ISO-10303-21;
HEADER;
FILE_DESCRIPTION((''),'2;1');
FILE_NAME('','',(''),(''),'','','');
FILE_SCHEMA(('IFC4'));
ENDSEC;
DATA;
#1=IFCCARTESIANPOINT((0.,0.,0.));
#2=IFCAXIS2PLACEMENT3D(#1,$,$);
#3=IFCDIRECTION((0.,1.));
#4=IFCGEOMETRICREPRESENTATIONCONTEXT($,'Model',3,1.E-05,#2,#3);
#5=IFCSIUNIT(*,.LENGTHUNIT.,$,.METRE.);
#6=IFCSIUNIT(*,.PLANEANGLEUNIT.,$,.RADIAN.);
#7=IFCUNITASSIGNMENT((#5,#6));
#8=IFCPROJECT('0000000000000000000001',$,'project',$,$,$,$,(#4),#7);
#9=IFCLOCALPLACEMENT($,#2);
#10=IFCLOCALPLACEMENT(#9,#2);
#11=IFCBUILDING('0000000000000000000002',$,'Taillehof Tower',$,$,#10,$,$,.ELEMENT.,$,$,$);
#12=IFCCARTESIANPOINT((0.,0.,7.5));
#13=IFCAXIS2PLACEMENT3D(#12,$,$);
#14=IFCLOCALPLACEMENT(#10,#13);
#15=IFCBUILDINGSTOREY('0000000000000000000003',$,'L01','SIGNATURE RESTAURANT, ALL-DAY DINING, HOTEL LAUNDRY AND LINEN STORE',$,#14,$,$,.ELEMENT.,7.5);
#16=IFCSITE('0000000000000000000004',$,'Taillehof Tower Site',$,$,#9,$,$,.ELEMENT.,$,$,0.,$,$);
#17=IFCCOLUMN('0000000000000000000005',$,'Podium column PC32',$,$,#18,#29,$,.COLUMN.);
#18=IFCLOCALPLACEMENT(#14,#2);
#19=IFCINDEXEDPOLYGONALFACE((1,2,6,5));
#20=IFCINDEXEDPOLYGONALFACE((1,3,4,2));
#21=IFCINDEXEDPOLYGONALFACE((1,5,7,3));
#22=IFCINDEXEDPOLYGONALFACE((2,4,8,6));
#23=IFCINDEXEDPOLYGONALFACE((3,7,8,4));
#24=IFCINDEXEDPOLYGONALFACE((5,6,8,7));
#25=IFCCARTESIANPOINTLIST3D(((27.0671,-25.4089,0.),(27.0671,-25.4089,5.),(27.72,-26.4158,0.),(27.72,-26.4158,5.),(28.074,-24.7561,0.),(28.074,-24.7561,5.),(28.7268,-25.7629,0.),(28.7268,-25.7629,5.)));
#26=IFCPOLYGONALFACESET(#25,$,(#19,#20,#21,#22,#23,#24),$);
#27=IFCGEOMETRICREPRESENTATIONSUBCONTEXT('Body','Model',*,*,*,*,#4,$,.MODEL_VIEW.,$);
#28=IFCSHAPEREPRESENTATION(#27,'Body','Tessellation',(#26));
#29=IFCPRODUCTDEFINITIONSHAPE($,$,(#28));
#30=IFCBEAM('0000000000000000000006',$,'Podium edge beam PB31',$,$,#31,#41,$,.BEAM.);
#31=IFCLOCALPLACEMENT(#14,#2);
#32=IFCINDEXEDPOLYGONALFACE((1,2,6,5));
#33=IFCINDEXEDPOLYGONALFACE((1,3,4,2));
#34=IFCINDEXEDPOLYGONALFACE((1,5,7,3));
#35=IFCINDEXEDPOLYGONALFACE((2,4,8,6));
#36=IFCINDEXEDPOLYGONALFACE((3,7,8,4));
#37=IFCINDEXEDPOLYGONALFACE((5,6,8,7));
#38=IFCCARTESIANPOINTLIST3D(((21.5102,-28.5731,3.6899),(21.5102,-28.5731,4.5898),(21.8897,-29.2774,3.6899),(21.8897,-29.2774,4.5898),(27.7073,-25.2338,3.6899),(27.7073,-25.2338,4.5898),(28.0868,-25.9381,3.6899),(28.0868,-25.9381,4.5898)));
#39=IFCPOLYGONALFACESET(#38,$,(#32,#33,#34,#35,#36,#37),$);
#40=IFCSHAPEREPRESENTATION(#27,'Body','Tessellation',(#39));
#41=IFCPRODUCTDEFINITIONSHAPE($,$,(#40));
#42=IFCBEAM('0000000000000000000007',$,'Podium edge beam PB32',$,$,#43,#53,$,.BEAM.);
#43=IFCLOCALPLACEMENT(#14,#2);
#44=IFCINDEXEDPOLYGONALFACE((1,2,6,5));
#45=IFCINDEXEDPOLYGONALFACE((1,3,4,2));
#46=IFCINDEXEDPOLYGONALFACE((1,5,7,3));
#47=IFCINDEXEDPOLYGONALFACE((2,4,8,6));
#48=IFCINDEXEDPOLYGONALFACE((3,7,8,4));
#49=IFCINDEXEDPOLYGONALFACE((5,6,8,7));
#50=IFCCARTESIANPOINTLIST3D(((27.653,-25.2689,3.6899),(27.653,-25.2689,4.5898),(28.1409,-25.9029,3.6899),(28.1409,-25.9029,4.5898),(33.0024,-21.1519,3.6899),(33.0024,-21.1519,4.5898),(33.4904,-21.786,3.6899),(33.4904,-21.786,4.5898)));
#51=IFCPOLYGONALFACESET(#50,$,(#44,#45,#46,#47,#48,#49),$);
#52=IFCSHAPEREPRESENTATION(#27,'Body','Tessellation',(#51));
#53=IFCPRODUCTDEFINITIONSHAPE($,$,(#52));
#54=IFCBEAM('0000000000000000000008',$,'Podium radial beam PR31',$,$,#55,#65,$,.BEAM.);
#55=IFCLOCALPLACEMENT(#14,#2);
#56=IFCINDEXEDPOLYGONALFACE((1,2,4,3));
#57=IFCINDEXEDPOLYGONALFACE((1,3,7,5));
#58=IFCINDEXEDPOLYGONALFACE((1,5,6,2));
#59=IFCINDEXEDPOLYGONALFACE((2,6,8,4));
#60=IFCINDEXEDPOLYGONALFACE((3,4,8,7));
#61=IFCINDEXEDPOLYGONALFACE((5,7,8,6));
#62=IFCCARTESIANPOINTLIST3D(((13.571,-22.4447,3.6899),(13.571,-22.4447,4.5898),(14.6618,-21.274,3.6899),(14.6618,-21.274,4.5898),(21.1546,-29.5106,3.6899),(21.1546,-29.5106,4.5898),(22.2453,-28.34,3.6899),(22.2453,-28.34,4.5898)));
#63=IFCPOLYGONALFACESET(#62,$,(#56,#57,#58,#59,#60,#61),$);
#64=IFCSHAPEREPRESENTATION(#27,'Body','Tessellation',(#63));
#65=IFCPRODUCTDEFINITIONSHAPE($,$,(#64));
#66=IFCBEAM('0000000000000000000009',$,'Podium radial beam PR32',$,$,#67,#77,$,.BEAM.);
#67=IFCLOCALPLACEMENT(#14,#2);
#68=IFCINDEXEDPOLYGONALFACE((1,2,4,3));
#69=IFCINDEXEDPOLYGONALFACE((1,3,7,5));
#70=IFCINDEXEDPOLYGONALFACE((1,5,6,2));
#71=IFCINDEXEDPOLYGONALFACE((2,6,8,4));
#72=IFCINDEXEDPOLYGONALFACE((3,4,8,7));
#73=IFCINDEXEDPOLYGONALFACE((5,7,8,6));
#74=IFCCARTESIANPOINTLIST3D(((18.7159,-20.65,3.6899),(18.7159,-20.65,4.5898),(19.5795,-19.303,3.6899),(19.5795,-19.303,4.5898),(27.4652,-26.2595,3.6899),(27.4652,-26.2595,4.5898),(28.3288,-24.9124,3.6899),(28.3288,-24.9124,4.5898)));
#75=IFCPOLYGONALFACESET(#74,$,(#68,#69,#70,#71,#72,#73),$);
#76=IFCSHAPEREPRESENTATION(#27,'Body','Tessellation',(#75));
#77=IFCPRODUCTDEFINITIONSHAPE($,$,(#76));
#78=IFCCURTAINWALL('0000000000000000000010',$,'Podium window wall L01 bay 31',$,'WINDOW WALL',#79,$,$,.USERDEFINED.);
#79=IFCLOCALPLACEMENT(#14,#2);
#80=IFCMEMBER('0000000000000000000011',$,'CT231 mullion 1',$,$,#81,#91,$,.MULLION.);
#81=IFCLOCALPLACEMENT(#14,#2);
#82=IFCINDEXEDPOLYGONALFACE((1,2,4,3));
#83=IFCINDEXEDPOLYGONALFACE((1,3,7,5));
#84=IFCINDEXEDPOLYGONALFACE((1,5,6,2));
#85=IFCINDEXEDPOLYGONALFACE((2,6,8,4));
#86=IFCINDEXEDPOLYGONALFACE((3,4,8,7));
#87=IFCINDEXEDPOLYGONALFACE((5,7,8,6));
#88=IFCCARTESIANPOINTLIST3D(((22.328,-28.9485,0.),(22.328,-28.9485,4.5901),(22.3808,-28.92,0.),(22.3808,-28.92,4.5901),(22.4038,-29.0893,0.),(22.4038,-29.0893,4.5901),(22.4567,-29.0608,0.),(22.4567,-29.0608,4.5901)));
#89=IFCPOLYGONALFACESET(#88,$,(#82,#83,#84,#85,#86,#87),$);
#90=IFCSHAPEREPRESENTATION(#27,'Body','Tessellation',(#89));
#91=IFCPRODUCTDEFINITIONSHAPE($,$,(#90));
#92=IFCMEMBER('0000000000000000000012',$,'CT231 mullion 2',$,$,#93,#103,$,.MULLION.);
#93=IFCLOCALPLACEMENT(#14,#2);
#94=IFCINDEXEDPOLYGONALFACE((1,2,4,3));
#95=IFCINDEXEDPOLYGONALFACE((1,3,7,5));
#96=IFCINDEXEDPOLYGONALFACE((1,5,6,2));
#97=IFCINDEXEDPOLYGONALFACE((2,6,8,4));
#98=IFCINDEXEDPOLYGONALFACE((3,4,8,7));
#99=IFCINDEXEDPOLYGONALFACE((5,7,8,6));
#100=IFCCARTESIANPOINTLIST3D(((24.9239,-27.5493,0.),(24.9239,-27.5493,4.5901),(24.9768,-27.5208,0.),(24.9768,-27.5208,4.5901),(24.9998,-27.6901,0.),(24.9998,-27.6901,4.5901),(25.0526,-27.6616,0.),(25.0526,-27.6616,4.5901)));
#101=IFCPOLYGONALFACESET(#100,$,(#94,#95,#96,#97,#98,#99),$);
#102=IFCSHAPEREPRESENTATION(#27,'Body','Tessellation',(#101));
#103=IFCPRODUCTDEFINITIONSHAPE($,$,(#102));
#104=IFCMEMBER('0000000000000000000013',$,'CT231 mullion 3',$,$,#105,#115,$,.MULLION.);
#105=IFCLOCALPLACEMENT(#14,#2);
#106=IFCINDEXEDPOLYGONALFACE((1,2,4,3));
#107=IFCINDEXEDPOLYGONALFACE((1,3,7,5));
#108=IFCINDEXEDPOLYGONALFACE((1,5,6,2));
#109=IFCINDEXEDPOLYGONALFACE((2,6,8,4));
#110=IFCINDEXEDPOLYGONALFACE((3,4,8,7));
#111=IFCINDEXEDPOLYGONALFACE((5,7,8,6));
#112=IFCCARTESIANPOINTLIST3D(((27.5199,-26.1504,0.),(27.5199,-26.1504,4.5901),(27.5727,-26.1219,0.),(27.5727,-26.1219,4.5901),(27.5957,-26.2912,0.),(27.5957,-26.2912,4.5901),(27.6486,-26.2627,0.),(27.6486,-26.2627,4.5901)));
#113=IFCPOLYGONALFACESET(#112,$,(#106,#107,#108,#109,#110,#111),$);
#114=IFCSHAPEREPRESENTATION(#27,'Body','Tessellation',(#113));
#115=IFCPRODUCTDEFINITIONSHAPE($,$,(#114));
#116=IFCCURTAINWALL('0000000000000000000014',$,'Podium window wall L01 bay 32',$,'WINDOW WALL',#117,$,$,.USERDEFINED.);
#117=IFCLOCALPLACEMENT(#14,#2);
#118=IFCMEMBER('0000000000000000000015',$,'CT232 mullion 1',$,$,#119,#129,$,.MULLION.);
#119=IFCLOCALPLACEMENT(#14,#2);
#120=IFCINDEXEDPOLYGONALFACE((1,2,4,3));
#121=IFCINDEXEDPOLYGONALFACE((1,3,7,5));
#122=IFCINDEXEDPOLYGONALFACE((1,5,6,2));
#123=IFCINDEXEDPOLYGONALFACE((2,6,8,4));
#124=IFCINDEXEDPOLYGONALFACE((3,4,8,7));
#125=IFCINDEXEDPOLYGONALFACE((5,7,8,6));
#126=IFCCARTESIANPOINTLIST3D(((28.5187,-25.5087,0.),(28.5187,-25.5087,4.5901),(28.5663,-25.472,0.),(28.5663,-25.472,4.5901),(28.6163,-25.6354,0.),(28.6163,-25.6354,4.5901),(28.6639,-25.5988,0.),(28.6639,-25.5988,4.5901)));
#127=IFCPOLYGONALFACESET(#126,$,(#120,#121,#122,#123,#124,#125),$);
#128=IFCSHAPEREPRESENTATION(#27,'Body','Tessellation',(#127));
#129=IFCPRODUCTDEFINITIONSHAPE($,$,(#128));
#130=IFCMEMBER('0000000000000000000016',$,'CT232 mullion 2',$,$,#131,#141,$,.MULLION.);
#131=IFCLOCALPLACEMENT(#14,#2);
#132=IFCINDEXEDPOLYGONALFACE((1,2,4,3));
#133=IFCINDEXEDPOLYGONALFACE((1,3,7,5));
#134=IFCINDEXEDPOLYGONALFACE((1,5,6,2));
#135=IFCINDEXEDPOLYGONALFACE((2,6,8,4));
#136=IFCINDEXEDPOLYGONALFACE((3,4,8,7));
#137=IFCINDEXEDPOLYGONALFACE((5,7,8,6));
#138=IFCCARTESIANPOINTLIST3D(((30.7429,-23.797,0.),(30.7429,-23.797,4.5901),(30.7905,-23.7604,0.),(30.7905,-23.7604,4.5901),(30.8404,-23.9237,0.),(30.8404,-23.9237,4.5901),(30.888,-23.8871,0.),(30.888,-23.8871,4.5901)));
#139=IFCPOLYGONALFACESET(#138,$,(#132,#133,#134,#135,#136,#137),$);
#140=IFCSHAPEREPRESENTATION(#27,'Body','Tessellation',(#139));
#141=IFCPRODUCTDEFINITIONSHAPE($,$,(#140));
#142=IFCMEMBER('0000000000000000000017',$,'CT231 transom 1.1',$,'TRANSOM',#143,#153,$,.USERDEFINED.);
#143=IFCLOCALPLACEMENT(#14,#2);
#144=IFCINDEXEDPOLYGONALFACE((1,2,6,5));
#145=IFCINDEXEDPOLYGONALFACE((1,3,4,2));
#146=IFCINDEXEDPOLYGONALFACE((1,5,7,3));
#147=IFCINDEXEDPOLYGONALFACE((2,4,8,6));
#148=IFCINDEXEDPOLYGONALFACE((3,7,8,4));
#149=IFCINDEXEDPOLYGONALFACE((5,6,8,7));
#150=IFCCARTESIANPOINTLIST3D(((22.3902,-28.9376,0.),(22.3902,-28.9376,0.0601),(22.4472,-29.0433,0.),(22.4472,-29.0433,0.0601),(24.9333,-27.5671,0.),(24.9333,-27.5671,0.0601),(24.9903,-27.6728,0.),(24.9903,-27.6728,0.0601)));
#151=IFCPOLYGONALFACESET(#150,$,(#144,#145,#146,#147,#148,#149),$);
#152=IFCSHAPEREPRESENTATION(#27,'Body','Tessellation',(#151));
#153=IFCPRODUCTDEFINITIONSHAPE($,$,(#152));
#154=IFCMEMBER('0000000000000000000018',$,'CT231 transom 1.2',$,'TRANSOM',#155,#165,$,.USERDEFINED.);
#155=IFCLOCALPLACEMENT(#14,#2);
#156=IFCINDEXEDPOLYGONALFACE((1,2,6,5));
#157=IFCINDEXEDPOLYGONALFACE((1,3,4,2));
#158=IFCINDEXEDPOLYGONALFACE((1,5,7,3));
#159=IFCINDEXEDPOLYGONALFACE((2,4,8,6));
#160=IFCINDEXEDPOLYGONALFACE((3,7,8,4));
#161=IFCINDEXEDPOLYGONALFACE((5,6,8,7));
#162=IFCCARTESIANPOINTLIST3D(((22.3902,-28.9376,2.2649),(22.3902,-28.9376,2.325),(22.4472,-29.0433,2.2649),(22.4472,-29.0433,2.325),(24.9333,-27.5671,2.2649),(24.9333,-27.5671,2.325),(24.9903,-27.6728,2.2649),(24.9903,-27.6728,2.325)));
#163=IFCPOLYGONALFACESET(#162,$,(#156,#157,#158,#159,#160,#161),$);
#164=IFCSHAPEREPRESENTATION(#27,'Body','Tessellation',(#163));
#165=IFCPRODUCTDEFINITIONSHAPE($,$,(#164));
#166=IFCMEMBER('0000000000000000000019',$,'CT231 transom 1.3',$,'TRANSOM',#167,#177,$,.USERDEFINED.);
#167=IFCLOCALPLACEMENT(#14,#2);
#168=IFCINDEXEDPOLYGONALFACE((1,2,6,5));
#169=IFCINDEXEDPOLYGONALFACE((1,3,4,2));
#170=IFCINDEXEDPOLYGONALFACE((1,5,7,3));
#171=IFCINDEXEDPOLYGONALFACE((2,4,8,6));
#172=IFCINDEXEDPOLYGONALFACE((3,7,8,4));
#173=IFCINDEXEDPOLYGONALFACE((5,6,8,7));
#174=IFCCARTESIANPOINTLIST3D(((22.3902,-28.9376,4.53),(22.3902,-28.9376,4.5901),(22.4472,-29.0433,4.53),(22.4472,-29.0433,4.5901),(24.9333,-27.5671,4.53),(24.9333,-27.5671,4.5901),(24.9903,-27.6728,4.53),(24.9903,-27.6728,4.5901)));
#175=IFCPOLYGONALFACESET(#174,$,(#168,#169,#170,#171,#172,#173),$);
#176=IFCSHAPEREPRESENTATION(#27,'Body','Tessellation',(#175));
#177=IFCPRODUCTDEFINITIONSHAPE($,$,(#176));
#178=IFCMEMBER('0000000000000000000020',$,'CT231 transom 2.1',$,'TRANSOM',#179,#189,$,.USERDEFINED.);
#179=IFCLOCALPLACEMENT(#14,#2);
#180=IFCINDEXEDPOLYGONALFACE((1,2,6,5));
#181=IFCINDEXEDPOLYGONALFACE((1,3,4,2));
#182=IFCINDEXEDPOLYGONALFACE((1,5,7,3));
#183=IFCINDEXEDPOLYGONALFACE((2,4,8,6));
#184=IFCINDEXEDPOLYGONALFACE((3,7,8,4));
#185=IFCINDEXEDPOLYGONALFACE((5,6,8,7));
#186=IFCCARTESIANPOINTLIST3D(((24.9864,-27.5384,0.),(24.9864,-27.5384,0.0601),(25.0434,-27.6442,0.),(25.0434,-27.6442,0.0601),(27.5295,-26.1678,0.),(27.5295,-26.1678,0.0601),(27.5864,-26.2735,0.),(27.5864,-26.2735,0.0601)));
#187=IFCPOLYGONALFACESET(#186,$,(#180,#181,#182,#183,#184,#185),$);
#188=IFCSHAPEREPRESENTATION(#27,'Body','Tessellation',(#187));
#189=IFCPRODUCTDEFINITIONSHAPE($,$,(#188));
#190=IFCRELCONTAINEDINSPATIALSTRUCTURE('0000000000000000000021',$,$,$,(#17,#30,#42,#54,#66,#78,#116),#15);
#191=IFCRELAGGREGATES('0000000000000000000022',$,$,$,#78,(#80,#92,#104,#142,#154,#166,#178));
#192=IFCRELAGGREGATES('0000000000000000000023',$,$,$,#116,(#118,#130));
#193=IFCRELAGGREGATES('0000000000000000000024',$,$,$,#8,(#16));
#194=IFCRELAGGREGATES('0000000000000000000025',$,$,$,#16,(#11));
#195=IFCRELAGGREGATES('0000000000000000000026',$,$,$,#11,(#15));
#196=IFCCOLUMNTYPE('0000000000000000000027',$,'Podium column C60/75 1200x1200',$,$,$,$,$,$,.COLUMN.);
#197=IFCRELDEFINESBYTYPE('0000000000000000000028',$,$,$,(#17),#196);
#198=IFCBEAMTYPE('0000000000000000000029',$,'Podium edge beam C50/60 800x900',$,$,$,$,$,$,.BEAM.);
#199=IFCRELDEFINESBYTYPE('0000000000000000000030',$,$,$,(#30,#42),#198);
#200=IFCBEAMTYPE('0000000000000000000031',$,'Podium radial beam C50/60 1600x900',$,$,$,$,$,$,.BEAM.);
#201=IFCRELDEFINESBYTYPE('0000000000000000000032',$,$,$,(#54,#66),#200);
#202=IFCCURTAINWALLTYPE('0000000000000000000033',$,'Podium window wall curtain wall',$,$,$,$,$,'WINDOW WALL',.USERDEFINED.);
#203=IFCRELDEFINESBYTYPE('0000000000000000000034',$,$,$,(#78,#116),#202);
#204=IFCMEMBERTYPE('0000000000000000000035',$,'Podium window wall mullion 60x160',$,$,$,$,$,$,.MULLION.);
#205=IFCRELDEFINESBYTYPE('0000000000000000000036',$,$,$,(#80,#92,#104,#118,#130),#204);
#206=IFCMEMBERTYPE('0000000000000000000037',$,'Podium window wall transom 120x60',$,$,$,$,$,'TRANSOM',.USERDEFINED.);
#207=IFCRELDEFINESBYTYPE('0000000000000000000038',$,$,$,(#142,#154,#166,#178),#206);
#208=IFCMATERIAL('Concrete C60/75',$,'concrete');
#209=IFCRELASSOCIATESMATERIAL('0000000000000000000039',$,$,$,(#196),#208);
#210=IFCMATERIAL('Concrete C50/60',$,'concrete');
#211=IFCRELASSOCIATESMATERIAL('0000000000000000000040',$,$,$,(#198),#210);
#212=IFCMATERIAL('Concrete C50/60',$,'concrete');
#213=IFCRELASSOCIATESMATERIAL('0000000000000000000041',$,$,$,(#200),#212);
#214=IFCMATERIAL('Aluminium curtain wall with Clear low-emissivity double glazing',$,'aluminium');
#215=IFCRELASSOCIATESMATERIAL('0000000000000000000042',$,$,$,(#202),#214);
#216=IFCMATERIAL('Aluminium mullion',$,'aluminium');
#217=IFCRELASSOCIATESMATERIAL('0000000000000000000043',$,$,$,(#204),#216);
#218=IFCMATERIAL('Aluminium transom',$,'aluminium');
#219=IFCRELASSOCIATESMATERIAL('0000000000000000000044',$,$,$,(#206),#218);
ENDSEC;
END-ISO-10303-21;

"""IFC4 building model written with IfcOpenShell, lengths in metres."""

from ifc_helpers import new_model, si_unit, direction, frame, origin, origin_2d, place, context, subcontext, project, spatial, rectangle, extrude, material, material_profile, profile_set, type_object, element, aggregate, save


model = new_model("IFC4")

# Units and contexts
model_context = context("Model", 3, precision=1e-05, world=origin(), true_north=direction((0.0, 1.0)))
body_context = subcontext(model_context, "Body", "Model", "MODEL_VIEW")
ifc_project = project(units=[si_unit("LENGTHUNIT", "METRE"), si_unit("PLANEANGLEUNIT", "RADIAN")], contexts=[model_context])

# Site, building, storey
site_placement = place(None, origin())
site = spatial("IfcSite", under=ifc_project, at=site_placement, Name="Taillehof Tower Site", CompositionType="ELEMENT", RefElevation=0.0)
building_placement = place(site_placement, origin())
building = spatial("IfcBuilding", under=site, at=building_placement, Name="Taillehof Tower", CompositionType="ELEMENT")
storey_placement = place(building_placement, frame((0.0, 0.0, 7.5)))
storey = spatial("IfcBuildingStorey", under=building, at=storey_placement, Name="L01", Description="SIGNATURE RESTAURANT, ALL-DAY DINING, HOTEL LAUNDRY AND LINEN STORE", CompositionType="ELEMENT", Elevation=7.5)

# Column
ifc_material_1 = material(Name="Concrete C60/75", Category="concrete")
ifc_material_profile_1 = material_profile(ifc_material_1, rectangle(XDim=1.2, YDim=1.2, at=origin_2d()), Name="RC 1200x1200")
ifc_profile_set_1 = profile_set([ifc_material_profile_1], Name="Concrete C60/75")
column_type = type_object("IfcColumnType", Name="Podium column C60/75 1200x1200", PredefinedType="COLUMN", material=ifc_profile_set_1)
column_placement = place(storey_placement, frame((27.897, -25.5859, 0.0), z_axis=(0.0, 0.0, 1.0), x_axis=(0.544041, -0.839058, 0.0)))
element("IfcColumn", 1, at=column_placement, inside=storey, type_object=column_type, Name="Podium column PC32", PredefinedType="COLUMN", context=body_context, shape_type="SweptSolid", body=[
    extrude(rectangle(XDim=1.2, YDim=1.2, at=origin_2d()), origin(), (0.0, 0.0, 1.0), 5.0),
])

# Beams
ifc_material_2 = material(Name="Concrete C50/60", Category="concrete")
ifc_material_profile_2 = material_profile(ifc_material_2, rectangle(XDim=0.8, YDim=0.8999, at=origin_2d()), Name="RC 800x900")
ifc_profile_set_2 = profile_set([ifc_material_profile_2], Name="Concrete C50/60")
beam_type_1 = type_object("IfcBeamType", Name="Podium edge beam C50/60 800x900", PredefinedType="BEAM", material=ifc_profile_set_2)
beam_1_placement = place(storey_placement, frame((21.7, -28.9253, 4.1399), z_axis=(0.880323, 0.474375, 0.0), x_axis=(-0.474375, 0.880323, 0.0)))
element("IfcBeam", 2, at=beam_1_placement, inside=storey, type_object=beam_type_1, Name="Podium edge beam PB31", PredefinedType="BEAM", context=body_context, shape_type="SweptSolid", body=[
    extrude(rectangle(XDim=0.8, YDim=0.8999, at=origin_2d()), origin(), (0.0, 0.0, 1.0), 7.0396),
])
beam_2_placement = place(storey_placement, frame((27.897, -25.5859, 4.1399), z_axis=(0.792477, 0.609901, 0.0), x_axis=(-0.609901, 0.792477, 0.0)))
element("IfcBeam", 3, at=beam_2_placement, inside=storey, type_object=beam_type_1, Name="Podium edge beam PB32", PredefinedType="BEAM", context=body_context, shape_type="SweptSolid", body=[
    extrude(rectangle(XDim=0.8, YDim=0.8999, at=origin_2d()), origin(), (0.0, 0.0, 1.0), 6.7502),
])
ifc_material_3 = material(Name="Concrete C50/60", Category="concrete")
ifc_material_profile_3 = material_profile(ifc_material_3, rectangle(XDim=1.6001, YDim=0.8999, at=origin_2d()), Name="RC 1600x900")
ifc_profile_set_3 = profile_set([ifc_material_profile_3], Name="Concrete C50/60")
beam_type_2 = type_object("IfcBeamType", Name="Podium radial beam C50/60 1600x900", PredefinedType="BEAM", material=ifc_profile_set_3)
beam_3_placement = place(storey_placement, frame((21.7, -28.9253, 4.1399), z_axis=(-0.731633, 0.681699, 0.0), x_axis=(-0.681699, -0.731633, 0.0)))
element("IfcBeam", 4, at=beam_3_placement, inside=storey, type_object=beam_type_2, Name="Podium radial beam PR31", PredefinedType="BEAM", context=body_context, shape_type="SweptSolid", body=[
    extrude(rectangle(XDim=1.6001, YDim=0.8999, at=origin_2d()), origin(), (0.0, 0.0, 1.0), 10.3652),
])
beam_4_placement = place(storey_placement, frame((27.897, -25.5859, 4.1399), z_axis=(-0.841841, 0.539725, 0.0), x_axis=(-0.539725, -0.841841, 0.0)))
element("IfcBeam", 5, at=beam_4_placement, inside=storey, type_object=beam_type_2, Name="Podium radial beam PR32", PredefinedType="BEAM", context=body_context, shape_type="SweptSolid", body=[
    extrude(rectangle(XDim=1.6001, YDim=0.8999, at=origin_2d()), origin(), (0.0, 0.0, 1.0), 10.3931),
])

# Curtain walls, members
ifc_material_4 = material(Name="Aluminium curtain wall with Clear low-emissivity double glazing", Category="aluminium")
curtain_wall_type = type_object("IfcCurtainWallType", Name="Podium window wall curtain wall", ElementType="WINDOW WALL", PredefinedType="USERDEFINED", material=ifc_material_4)
curtain_wall_1_placement = place(storey_placement, origin())
curtain_wall_1 = element("IfcCurtainWall", 6, at=curtain_wall_1_placement, inside=storey, type_object=curtain_wall_type, Name="Podium window wall L01 bay 31", ObjectType="WINDOW WALL", PredefinedType="USERDEFINED")
ifc_material_5 = material(Name="Aluminium mullion", Category="aluminium")
ifc_material_profile_4 = material_profile(ifc_material_5, rectangle(XDim=0.1599, YDim=0.0601, at=origin_2d()), Name="AL 60x160")
ifc_profile_set_4 = profile_set([ifc_material_profile_4], Name="Aluminium mullion")
member_type_1 = type_object("IfcMemberType", Name="Podium window wall mullion 60x160", PredefinedType="MULLION", material=ifc_profile_set_4)
member_1_placement = place(storey_placement, frame((22.3923, -29.0046, 0.0), z_axis=(0.0, 0.0, 1.0), x_axis=(-0.474415, 0.880301, 0.0)))
member_1 = element("IfcMember", 7, at=member_1_placement, type_object=member_type_1, Name="CT231 mullion 1", PredefinedType="MULLION", context=body_context, shape_type="SweptSolid", body=[
    extrude(rectangle(XDim=0.1599, YDim=0.0601, at=origin_2d()), origin(), (0.0, 0.0, 1.0), 4.5901),
])
member_2_placement = place(storey_placement, frame((24.9883, -27.6055, 0.0), z_axis=(0.0, 0.0, 1.0), x_axis=(-0.474415, 0.880301, 0.0)))
member_2 = element("IfcMember", 8, at=member_2_placement, type_object=member_type_1, Name="CT231 mullion 2", PredefinedType="MULLION", context=body_context, shape_type="SweptSolid", body=[
    extrude(rectangle(XDim=0.1599, YDim=0.0601, at=origin_2d()), origin(), (0.0, 0.0, 1.0), 4.5901),
])
member_3_placement = place(storey_placement, frame((27.5842, -26.2065, 0.0), z_axis=(0.0, 0.0, 1.0), x_axis=(-0.474415, 0.880301, 0.0)))
member_3 = element("IfcMember", 9, at=member_3_placement, type_object=member_type_1, Name="CT231 mullion 3", PredefinedType="MULLION", context=body_context, shape_type="SweptSolid", body=[
    extrude(rectangle(XDim=0.1599, YDim=0.0601, at=origin_2d()), origin(), (0.0, 0.0, 1.0), 4.5901),
])
curtain_wall_2_placement = place(storey_placement, origin())
curtain_wall_2 = element("IfcCurtainWall", 10, at=curtain_wall_2_placement, inside=storey, type_object=curtain_wall_type, Name="Podium window wall L01 bay 32", ObjectType="WINDOW WALL", PredefinedType="USERDEFINED")
member_4_placement = place(storey_placement, frame((28.5913, -25.5537, 0.0), z_axis=(0.0, 0.0, 1.0), x_axis=(-0.609932, 0.792454, 0.0)))
member_4 = element("IfcMember", 11, at=member_4_placement, type_object=member_type_1, Name="CT232 mullion 1", PredefinedType="MULLION", context=body_context, shape_type="SweptSolid", body=[
    extrude(rectangle(XDim=0.1599, YDim=0.0601, at=origin_2d()), origin(), (0.0, 0.0, 1.0), 4.5901),
])
member_5_placement = place(storey_placement, frame((30.8154, -23.842, 0.0), z_axis=(0.0, 0.0, 1.0), x_axis=(-0.609932, 0.792454, 0.0)))
member_5 = element("IfcMember", 12, at=member_5_placement, type_object=member_type_1, Name="CT232 mullion 2", PredefinedType="MULLION", context=body_context, shape_type="SweptSolid", body=[
    extrude(rectangle(XDim=0.1599, YDim=0.0601, at=origin_2d()), origin(), (0.0, 0.0, 1.0), 4.5901),
])

# Members
ifc_material_6 = material(Name="Aluminium transom", Category="aluminium")
ifc_material_profile_5 = material_profile(ifc_material_6, rectangle(XDim=0.1201, YDim=0.0601, at=origin_2d()), Name="AL 120x60")
ifc_profile_set_5 = profile_set([ifc_material_profile_5], Name="Aluminium transom")
member_type_2 = type_object("IfcMemberType", Name="Podium window wall transom 120x60", ElementType="TRANSOM", PredefinedType="USERDEFINED", material=ifc_profile_set_5)
member_6_placement = place(storey_placement, frame((22.4187, -28.9905, 0.03), z_axis=(0.8803, 0.474417, 0.0), x_axis=(-0.474417, 0.8803, 0.0)))
member_6 = element("IfcMember", 13, at=member_6_placement, type_object=member_type_2, Name="CT231 transom 1.1", ObjectType="TRANSOM", PredefinedType="USERDEFINED", context=body_context, shape_type="SweptSolid", body=[
    extrude(rectangle(XDim=0.1201, YDim=0.0601, at=origin_2d()), origin(), (0.0, 0.0, 1.0), 2.8889),
])
member_7_placement = place(storey_placement, frame((22.4187, -28.9905, 2.2949), z_axis=(0.8803, 0.474417, 0.0), x_axis=(-0.474417, 0.8803, 0.0)))
member_7 = element("IfcMember", 14, at=member_7_placement, type_object=member_type_2, Name="CT231 transom 1.2", ObjectType="TRANSOM", PredefinedType="USERDEFINED", context=body_context, shape_type="SweptSolid", body=[
    extrude(rectangle(XDim=0.1201, YDim=0.0601, at=origin_2d()), origin(), (0.0, 0.0, 1.0), 2.8889),
])
member_8_placement = place(storey_placement, frame((22.4187, -28.9905, 4.5601), z_axis=(0.8803, 0.474417, 0.0), x_axis=(-0.474417, 0.8803, 0.0)))
member_8 = element("IfcMember", 15, at=member_8_placement, type_object=member_type_2, Name="CT231 transom 1.3", ObjectType="TRANSOM", PredefinedType="USERDEFINED", context=body_context, shape_type="SweptSolid", body=[
    extrude(rectangle(XDim=0.1201, YDim=0.0601, at=origin_2d()), origin(), (0.0, 0.0, 1.0), 2.8889),
])
member_9_placement = place(storey_placement, frame((25.0149, -27.5913, 0.03), z_axis=(0.880281, 0.474453, 0.0), x_axis=(-0.474453, 0.880281, 0.0)))
member_9 = element("IfcMember", 16, at=member_9_placement, type_object=member_type_2, Name="CT231 transom 2.1", ObjectType="TRANSOM", PredefinedType="USERDEFINED", context=body_context, shape_type="SweptSolid", body=[
    extrude(rectangle(XDim=0.1201, YDim=0.0601, at=origin_2d()), origin(), (0.0, 0.0, 1.0), 2.8889),
])

aggregate(curtain_wall_1, [member_1, member_2, member_3, member_6, member_7, member_8, member_9])
aggregate(curtain_wall_2, [member_4, member_5])

save(model, "model.ifc")
